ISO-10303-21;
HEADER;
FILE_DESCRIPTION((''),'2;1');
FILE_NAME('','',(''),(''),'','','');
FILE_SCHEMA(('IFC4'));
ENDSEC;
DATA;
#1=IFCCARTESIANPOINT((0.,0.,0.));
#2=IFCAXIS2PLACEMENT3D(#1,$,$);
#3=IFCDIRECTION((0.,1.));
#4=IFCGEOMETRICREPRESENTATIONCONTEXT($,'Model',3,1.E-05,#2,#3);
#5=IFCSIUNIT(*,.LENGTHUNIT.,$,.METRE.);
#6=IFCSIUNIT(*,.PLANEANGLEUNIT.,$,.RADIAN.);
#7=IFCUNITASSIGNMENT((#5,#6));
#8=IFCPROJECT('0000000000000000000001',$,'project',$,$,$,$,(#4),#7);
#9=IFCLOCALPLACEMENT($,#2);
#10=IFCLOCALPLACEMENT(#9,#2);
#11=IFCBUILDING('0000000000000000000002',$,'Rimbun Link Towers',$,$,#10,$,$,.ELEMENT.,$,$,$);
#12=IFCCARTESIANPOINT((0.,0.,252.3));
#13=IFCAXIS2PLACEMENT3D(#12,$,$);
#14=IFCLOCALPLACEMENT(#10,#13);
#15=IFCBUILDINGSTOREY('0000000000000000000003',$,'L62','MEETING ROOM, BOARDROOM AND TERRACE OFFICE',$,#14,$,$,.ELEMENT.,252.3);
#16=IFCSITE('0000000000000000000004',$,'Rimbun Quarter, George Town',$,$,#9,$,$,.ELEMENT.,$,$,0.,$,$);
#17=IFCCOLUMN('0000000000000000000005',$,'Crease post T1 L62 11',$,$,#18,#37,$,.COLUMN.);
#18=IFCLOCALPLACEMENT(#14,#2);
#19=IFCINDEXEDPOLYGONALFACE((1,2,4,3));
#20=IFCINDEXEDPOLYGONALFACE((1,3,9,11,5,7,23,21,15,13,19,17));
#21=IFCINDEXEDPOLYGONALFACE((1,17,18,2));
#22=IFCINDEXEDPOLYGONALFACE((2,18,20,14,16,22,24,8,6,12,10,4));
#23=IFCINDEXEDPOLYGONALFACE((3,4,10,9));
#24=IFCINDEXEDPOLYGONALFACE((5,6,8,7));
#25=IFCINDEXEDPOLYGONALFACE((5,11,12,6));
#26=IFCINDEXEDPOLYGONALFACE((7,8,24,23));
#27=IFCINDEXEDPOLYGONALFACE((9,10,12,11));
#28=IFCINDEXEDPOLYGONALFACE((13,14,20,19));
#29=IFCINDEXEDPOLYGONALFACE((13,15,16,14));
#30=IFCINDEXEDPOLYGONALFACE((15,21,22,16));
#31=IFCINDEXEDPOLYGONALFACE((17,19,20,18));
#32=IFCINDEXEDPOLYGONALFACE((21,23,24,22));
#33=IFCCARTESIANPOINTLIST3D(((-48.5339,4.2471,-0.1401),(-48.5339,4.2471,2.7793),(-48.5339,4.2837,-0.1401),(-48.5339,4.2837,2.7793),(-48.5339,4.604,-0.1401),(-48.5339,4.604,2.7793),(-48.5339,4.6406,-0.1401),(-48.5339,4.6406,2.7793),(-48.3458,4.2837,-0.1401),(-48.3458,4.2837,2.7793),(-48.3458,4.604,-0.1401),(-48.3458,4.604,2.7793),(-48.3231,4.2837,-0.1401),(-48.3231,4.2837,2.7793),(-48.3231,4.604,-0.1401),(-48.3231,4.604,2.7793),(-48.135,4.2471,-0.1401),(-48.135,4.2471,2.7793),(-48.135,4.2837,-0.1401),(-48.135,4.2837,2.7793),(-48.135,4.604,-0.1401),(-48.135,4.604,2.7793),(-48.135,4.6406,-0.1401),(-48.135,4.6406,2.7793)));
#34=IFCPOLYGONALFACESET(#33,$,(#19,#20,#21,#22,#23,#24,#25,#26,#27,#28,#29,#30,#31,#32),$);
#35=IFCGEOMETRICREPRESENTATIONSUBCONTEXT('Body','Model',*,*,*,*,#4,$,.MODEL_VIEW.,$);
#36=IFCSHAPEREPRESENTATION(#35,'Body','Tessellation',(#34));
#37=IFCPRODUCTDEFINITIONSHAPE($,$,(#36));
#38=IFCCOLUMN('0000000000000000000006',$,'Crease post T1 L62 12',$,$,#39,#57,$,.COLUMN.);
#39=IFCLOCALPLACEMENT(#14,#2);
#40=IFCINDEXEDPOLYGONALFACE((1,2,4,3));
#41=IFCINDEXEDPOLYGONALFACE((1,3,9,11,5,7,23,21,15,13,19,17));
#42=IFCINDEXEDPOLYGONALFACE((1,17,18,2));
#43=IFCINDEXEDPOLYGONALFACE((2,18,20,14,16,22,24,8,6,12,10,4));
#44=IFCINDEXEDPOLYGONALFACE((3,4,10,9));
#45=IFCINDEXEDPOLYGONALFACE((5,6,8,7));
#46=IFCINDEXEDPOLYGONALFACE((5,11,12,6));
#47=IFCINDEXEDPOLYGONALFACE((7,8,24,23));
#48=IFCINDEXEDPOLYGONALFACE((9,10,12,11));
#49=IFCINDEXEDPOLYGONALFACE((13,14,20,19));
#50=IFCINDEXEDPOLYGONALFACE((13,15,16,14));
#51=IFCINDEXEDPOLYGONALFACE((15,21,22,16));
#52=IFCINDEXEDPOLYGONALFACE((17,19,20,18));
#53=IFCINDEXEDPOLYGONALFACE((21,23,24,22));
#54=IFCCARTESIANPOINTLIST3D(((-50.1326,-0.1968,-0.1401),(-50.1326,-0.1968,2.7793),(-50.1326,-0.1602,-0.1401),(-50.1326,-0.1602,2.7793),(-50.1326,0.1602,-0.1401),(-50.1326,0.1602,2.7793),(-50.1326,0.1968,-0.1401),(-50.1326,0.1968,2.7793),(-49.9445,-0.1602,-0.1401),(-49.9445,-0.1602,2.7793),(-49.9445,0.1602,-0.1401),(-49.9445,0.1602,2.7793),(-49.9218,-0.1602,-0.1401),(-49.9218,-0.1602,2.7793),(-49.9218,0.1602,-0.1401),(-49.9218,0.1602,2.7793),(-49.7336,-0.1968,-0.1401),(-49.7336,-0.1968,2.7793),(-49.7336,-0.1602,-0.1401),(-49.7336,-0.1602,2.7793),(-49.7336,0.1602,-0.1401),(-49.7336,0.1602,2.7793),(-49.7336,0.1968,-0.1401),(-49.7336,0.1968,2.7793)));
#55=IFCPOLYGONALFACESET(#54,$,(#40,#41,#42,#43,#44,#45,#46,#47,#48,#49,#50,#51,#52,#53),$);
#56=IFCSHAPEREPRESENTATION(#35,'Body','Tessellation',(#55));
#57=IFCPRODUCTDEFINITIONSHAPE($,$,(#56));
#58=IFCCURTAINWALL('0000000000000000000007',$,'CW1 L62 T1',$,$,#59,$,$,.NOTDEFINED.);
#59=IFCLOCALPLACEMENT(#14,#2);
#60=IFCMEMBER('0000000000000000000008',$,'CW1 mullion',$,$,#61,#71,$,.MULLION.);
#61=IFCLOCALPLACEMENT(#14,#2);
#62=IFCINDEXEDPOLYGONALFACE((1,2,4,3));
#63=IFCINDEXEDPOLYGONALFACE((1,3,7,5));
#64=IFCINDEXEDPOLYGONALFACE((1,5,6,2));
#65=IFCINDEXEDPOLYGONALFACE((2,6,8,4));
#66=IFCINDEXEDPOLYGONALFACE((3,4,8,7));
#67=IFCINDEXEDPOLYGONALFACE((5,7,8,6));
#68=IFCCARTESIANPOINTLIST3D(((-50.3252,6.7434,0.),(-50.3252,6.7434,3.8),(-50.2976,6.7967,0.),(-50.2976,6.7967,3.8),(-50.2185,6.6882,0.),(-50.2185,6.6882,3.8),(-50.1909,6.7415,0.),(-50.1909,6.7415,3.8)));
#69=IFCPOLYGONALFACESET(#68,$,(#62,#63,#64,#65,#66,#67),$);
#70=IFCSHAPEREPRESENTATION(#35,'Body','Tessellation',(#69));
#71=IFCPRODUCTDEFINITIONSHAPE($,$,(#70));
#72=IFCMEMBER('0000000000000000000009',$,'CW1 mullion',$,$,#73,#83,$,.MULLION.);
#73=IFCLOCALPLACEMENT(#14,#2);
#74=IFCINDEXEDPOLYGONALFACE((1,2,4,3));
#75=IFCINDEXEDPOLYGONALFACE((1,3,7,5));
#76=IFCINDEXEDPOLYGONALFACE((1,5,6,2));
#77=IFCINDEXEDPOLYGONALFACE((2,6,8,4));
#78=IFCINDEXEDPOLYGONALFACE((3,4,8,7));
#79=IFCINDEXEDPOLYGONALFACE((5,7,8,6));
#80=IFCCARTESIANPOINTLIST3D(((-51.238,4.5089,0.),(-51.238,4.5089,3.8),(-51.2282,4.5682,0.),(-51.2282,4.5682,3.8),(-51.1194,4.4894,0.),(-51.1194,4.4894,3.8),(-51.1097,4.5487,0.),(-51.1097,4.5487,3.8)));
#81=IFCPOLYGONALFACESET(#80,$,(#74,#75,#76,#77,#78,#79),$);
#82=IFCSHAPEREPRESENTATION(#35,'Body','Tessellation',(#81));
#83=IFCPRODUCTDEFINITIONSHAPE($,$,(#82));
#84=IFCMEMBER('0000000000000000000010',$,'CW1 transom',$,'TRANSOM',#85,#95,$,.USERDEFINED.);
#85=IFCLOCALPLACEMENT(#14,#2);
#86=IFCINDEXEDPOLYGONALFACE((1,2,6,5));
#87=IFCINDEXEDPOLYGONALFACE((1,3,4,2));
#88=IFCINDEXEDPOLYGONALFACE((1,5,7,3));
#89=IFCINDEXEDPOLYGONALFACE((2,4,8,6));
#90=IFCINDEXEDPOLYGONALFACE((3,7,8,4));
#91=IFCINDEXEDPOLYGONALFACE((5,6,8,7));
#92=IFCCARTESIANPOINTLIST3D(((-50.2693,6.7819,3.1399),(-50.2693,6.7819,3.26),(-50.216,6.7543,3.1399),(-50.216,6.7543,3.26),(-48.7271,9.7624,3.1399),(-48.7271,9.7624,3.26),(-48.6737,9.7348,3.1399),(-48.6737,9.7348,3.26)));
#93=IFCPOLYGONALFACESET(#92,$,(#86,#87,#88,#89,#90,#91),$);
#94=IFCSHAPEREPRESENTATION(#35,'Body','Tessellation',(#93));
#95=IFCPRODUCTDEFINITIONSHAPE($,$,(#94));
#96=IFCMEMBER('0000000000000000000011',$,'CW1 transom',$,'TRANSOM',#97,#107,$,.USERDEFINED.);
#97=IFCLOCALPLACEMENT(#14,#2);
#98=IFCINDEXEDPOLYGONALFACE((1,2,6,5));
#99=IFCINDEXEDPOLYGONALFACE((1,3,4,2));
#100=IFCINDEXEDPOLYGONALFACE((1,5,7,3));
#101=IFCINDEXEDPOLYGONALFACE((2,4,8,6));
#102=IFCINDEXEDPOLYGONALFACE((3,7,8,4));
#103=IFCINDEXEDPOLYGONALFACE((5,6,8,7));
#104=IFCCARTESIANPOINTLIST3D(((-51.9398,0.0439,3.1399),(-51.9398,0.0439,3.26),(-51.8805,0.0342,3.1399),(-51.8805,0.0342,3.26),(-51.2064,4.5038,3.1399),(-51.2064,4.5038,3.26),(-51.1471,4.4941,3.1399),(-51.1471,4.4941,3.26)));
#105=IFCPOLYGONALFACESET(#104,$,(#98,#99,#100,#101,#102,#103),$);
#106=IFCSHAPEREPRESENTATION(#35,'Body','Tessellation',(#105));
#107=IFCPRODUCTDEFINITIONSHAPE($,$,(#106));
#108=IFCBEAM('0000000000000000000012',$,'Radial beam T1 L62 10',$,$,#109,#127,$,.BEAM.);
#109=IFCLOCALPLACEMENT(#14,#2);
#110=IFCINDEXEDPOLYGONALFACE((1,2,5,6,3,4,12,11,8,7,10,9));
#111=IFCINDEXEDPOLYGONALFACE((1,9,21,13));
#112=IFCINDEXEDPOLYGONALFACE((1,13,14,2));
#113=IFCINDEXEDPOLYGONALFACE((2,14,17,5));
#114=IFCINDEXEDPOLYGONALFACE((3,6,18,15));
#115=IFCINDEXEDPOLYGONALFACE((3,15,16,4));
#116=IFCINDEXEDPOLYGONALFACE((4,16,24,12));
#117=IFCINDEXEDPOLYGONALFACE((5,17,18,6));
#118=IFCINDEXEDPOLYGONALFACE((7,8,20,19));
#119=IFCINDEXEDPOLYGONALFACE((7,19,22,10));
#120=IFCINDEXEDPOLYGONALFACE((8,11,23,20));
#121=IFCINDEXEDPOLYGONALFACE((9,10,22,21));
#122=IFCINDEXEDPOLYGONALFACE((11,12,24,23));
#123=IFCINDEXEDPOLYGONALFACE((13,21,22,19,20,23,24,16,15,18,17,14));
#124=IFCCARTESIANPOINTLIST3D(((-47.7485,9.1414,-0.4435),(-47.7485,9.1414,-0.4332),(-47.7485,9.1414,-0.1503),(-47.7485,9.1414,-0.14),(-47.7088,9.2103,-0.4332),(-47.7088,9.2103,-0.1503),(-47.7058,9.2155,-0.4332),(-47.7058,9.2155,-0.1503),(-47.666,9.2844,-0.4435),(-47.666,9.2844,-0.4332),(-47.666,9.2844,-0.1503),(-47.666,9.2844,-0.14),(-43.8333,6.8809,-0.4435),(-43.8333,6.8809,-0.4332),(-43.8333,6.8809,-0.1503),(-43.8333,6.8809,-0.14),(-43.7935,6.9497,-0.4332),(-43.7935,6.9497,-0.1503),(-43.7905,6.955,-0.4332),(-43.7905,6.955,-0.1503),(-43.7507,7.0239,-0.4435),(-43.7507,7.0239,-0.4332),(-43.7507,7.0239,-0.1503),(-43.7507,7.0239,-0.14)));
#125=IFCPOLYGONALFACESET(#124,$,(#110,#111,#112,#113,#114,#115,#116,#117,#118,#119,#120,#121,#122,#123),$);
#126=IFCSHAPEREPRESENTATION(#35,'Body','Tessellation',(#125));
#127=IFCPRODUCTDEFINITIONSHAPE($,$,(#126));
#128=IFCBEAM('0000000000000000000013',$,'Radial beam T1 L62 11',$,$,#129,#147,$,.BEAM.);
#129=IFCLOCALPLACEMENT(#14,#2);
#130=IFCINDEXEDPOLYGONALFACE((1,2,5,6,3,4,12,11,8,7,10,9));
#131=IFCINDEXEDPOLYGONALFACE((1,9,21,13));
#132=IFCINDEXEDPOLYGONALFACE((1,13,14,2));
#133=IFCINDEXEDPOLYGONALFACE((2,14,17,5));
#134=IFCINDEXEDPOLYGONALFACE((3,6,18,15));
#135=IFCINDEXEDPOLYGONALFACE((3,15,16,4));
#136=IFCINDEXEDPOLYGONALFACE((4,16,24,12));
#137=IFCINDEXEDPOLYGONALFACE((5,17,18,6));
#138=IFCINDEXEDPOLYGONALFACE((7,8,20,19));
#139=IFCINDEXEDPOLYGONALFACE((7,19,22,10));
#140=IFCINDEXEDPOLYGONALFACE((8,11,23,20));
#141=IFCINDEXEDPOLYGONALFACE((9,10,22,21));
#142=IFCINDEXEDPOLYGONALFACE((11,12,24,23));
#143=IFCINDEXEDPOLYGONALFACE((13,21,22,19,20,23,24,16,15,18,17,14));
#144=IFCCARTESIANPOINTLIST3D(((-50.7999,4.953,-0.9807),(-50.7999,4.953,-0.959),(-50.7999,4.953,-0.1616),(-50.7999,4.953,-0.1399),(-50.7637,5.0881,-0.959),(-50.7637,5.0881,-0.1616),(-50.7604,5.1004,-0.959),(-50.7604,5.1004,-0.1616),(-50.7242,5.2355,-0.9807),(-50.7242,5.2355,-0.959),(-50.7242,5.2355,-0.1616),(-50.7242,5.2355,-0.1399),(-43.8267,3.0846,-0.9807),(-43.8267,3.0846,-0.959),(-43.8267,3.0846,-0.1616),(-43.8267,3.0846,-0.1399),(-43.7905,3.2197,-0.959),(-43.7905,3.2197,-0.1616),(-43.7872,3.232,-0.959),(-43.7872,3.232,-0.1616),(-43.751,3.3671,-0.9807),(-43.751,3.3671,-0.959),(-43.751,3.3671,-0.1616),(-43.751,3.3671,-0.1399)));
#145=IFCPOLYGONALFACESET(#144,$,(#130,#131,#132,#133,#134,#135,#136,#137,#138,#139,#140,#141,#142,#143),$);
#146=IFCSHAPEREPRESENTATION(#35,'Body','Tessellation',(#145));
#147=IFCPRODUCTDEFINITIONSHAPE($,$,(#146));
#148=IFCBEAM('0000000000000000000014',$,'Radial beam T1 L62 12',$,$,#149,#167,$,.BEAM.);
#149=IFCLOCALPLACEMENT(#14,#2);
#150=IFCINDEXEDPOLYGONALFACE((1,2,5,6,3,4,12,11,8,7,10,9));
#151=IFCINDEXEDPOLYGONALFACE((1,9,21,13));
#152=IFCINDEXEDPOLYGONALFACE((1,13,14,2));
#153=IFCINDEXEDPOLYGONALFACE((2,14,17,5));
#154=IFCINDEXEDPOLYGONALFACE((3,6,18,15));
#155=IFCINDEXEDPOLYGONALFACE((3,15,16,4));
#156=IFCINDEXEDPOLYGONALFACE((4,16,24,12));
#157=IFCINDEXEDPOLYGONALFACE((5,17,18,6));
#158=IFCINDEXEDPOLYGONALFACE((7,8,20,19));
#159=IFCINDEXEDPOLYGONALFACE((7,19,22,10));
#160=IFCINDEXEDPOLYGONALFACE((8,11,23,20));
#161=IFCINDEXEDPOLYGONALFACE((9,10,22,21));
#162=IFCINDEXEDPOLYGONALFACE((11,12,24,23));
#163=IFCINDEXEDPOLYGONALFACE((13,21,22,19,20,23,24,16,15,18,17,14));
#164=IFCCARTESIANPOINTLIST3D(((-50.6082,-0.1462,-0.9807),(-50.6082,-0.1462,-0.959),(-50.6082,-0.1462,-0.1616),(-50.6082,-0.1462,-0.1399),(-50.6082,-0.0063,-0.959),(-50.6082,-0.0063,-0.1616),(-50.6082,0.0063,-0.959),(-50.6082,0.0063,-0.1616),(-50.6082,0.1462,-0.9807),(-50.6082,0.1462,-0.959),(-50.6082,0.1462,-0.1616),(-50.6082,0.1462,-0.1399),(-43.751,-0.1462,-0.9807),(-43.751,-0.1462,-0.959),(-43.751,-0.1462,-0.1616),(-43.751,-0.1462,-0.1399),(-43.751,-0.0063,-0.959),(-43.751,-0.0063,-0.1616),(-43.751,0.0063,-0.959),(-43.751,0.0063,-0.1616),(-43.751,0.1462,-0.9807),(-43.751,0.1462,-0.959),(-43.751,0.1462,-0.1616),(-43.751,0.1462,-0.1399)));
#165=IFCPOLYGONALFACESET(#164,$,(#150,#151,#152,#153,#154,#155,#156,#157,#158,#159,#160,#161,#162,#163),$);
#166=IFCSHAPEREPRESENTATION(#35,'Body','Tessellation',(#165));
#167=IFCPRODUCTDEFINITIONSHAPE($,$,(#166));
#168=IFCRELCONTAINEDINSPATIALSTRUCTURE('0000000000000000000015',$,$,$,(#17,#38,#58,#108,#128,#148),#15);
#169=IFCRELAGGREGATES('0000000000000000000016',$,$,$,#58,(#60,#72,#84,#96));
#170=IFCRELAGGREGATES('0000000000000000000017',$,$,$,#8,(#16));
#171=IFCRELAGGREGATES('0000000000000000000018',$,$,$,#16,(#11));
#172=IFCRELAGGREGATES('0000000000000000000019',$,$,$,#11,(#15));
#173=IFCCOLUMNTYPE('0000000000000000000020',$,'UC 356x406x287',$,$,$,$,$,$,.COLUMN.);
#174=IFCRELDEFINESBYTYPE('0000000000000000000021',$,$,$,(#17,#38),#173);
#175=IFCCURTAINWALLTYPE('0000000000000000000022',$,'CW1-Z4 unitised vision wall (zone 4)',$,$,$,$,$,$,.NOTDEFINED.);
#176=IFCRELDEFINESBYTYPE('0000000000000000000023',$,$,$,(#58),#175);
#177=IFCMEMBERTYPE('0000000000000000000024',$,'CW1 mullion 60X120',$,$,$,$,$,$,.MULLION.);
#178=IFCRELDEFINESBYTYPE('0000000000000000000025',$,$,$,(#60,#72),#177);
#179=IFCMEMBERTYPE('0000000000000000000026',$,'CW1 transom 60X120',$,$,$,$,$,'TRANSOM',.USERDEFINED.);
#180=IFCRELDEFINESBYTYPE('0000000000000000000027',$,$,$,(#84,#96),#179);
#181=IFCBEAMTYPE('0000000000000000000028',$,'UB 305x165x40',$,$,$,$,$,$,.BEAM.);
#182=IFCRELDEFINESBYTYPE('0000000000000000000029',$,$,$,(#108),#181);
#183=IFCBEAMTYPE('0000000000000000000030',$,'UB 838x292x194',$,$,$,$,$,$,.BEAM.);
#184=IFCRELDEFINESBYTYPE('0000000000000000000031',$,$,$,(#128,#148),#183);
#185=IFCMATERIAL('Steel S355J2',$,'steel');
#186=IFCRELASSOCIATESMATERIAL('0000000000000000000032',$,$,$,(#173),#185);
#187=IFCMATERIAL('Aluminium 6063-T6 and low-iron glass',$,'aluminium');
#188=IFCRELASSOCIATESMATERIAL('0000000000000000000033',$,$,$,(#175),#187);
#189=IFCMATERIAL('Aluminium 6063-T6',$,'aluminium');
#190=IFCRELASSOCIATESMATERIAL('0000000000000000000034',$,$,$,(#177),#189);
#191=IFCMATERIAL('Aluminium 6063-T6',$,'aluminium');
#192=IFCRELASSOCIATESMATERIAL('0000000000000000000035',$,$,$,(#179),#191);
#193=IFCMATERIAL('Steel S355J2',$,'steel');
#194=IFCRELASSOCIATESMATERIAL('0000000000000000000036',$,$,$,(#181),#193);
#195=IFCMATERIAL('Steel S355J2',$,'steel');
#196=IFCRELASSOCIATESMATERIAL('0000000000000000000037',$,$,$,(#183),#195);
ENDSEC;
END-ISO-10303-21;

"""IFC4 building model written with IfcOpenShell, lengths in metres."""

from ifc_helpers import new_model, si_unit, direction, frame, origin, origin_2d, place, context, subcontext, project, spatial, rectangle, i_section, extrude, material, material_profile, profile_set, type_object, element, aggregate, save


model = new_model("IFC4")

# Units and contexts
model_context = context("Model", 3, precision=1e-05, world=origin(), true_north=direction((0.0, 1.0)))
body_context = subcontext(model_context, "Body", "Model", "MODEL_VIEW")
ifc_project = project(units=[si_unit("LENGTHUNIT", "METRE"), si_unit("PLANEANGLEUNIT", "RADIAN")], contexts=[model_context])

# Site, building, storey
site_placement = place(None, origin())
site = spatial("IfcSite", under=ifc_project, at=site_placement, Name="Rimbun Quarter, George Town", CompositionType="ELEMENT", RefElevation=0.0)
building_placement = place(site_placement, origin())
building = spatial("IfcBuilding", under=site, at=building_placement, Name="Rimbun Link Towers", CompositionType="ELEMENT")
storey_placement = place(building_placement, frame((0.0, 0.0, 252.3)))
storey = spatial("IfcBuildingStorey", under=building, at=storey_placement, Name="L62", Description="MEETING ROOM, BOARDROOM AND TERRACE OFFICE", CompositionType="ELEMENT", Elevation=252.3)

# Columns
ifc_material_1 = material(Name="Steel S355J2", Category="steel")
ifc_material_profile_1 = material_profile(ifc_material_1, i_section(OverallWidth=0.3989, OverallDepth=0.3936, WebThickness=0.0227, FlangeThickness=0.0366, at=origin_2d()), Name="UC 356x406x287")
ifc_profile_set_1 = profile_set([ifc_material_profile_1], Name="Steel S355J2")
column_type = type_object("IfcColumnType", Name="UC 356x406x287", PredefinedType="COLUMN", material=ifc_profile_set_1)
for number, where, z_axis, x_axis, name in (
    (1, (-48.3345, 4.4438, -0.1401), (0.0, 0.0, 1.0), (1.0, 0.0, 0.0), "Crease post T1 L62 11"),
    (2, (-49.9331, 0.0, -0.1401), (0.0, 0.0, 1.0), (1.0, 0.0, 0.0), "Crease post T1 L62 12"),
):
    element("IfcColumn", number, at=place(storey_placement, frame(where, z_axis=z_axis, x_axis=x_axis)), inside=storey, type_object=column_type, Name=name, PredefinedType="COLUMN", context=body_context, shape_type="SweptSolid", body=[
        extrude(i_section(OverallWidth=0.3989, OverallDepth=0.3936, WebThickness=0.0227, FlangeThickness=0.0366, at=origin_2d()), origin(), (0.0, 0.0, 1.0), 2.9194),
    ])

# Curtain wall, members
ifc_material_2 = material(Name="Aluminium 6063-T6 and low-iron glass", Category="aluminium")
curtain_wall_type = type_object("IfcCurtainWallType", Name="CW1-Z4 unitised vision wall (zone 4)", PredefinedType="NOTDEFINED", material=ifc_material_2)
curtain_wall_placement = place(storey_placement, origin())
curtain_wall = element("IfcCurtainWall", 3, at=curtain_wall_placement, inside=storey, type_object=curtain_wall_type, Name="CW1 L62 T1", PredefinedType="NOTDEFINED")
ifc_material_3 = material(Name="Aluminium 6063-T6", Category="aluminium")
ifc_material_profile_2 = material_profile(ifc_material_3, rectangle(XDim=0.1201, YDim=0.0601, at=origin_2d()), Name="MULLION 60X120")
ifc_profile_set_2 = profile_set([ifc_material_profile_2], Name="Aluminium 6063-T6")
member_type_1 = type_object("IfcMemberType", Name="CW1 mullion 60X120", PredefinedType="MULLION", material=ifc_profile_set_2)
member_1_placement = place(storey_placement, frame((-50.2581, 6.7424, 0.0), z_axis=(0.0, 0.0, 1.0), x_axis=(-0.888151, 0.459552, 0.0)))
member_1 = element("IfcMember", 4, at=member_1_placement, type_object=member_type_1, Name="CW1 mullion", PredefinedType="MULLION", context=body_context, shape_type="SweptSolid", body=[
    extrude(rectangle(XDim=0.1201, YDim=0.0601, at=origin_2d()), origin(), (0.0, 0.0, 1.0), 3.8),
])
member_2_placement = place(storey_placement, frame((-51.1738, 4.5288, 0.0), z_axis=(0.0, 0.0, 1.0), x_axis=(-0.986748, 0.162262, 0.0)))
member_2 = element("IfcMember", 5, at=member_2_placement, type_object=member_type_1, Name="CW1 mullion", PredefinedType="MULLION", context=body_context, shape_type="SweptSolid", body=[
    extrude(rectangle(XDim=0.1201, YDim=0.0601, at=origin_2d()), origin(), (0.0, 0.0, 1.0), 3.8),
])
ifc_material_4 = material(Name="Aluminium 6063-T6", Category="aluminium")
ifc_material_profile_3 = material_profile(ifc_material_4, rectangle(XDim=0.0601, YDim=0.1201, at=origin_2d()), Name="TRANSOM 60X120")
ifc_profile_set_3 = profile_set([ifc_material_profile_3], Name="Aluminium 6063-T6")
member_type_2 = type_object("IfcMemberType", Name="CW1 transom 60X120", ElementType="TRANSOM", PredefinedType="USERDEFINED", material=ifc_profile_set_3)
member_3_placement = place(storey_placement, frame((-50.2427, 6.7681, 3.2), z_axis=(0.459567, 0.888143, 0.0), x_axis=(-0.888143, 0.459567, 0.0)))
member_3 = element("IfcMember", 6, at=member_3_placement, type_object=member_type_2, Name="CW1 transom", ObjectType="TRANSOM", PredefinedType="USERDEFINED", context=body_context, shape_type="SweptSolid", body=[
    extrude(rectangle(XDim=0.0601, YDim=0.1201, at=origin_2d()), origin(), (0.0, 0.0, 1.0), 3.356),
])
member_4_placement = place(storey_placement, frame((-51.9102, 0.0391, 3.2), z_axis=(0.162261, 0.986748, 0.0), x_axis=(-0.986748, 0.162261, 0.0)))
member_4 = element("IfcMember", 7, at=member_4_placement, type_object=member_type_2, Name="CW1 transom", ObjectType="TRANSOM", PredefinedType="USERDEFINED", context=body_context, shape_type="SweptSolid", body=[
    extrude(rectangle(XDim=0.0601, YDim=0.1201, at=origin_2d()), origin(), (0.0, 0.0, 1.0), 4.5198),
])

# Beams
ifc_material_5 = material(Name="Steel S355J2", Category="steel")
ifc_material_profile_4 = material_profile(ifc_material_5, i_section(OverallWidth=0.165, OverallDepth=0.3035, WebThickness=0.0061, FlangeThickness=0.0103, at=origin_2d()), Name="UB 305x165x40")
ifc_profile_set_4 = profile_set([ifc_material_profile_4], Name="Steel S355J2")
beam_type_1 = type_object("IfcBeamType", Name="UB 305x165x40", PredefinedType="BEAM", material=ifc_profile_set_4)
beam_1_placement = place(storey_placement, frame((-43.792, 6.9524, -0.2917), z_axis=(-0.866025, 0.500001, 0.0), x_axis=(-0.500001, -0.866025, 0.0)))
element("IfcBeam", 8, at=beam_1_placement, inside=storey, type_object=beam_type_1, Name="Radial beam T1 L62 10", PredefinedType="BEAM", context=body_context, shape_type="SweptSolid", body=[
    extrude(i_section(OverallWidth=0.165, OverallDepth=0.3035, WebThickness=0.0061, FlangeThickness=0.0103, at=origin_2d()), origin(), (0.0, 0.0, 1.0), 4.521),
])
ifc_material_6 = material(Name="Steel S355J2", Category="steel")
ifc_material_profile_5 = material_profile(ifc_material_6, i_section(OverallWidth=0.2925, OverallDepth=0.8408, WebThickness=0.0127, FlangeThickness=0.0217, at=origin_2d()), Name="UB 838x292x194")
ifc_profile_set_5 = profile_set([ifc_material_profile_5], Name="Steel S355J2")
beam_type_2 = type_object("IfcBeamType", Name="UB 838x292x194", PredefinedType="BEAM", material=ifc_profile_set_5)
beam_2_placement = place(storey_placement, frame((-43.7888, 3.2258, -0.5603), z_axis=(-0.965927, 0.258814, 0.0), x_axis=(-0.258814, -0.965927, 0.0)))
element("IfcBeam", 9, at=beam_2_placement, inside=storey, type_object=beam_type_2, Name="Radial beam T1 L62 11", PredefinedType="BEAM", context=body_context, shape_type="SweptSolid", body=[
    extrude(i_section(OverallWidth=0.2925, OverallDepth=0.8408, WebThickness=0.0127, FlangeThickness=0.0217, at=origin_2d()), origin(), (0.0, 0.0, 1.0), 7.2192),
])
beam_3_placement = place(storey_placement, frame((-43.751, 0.0, -0.5603), z_axis=(-1.0, 0.0, 0.0), x_axis=(0.0, -1.0, 0.0)))
element("IfcBeam", 10, at=beam_3_placement, inside=storey, type_object=beam_type_2, Name="Radial beam T1 L62 12", PredefinedType="BEAM", context=body_context, shape_type="SweptSolid", body=[
    extrude(i_section(OverallWidth=0.2925, OverallDepth=0.8408, WebThickness=0.0127, FlangeThickness=0.0217, at=origin_2d()), origin(), (0.0, 0.0, 1.0), 6.8572),
])

aggregate(curtain_wall, [member_1, member_2, member_3, member_4])

save(model, "model.ifc")
